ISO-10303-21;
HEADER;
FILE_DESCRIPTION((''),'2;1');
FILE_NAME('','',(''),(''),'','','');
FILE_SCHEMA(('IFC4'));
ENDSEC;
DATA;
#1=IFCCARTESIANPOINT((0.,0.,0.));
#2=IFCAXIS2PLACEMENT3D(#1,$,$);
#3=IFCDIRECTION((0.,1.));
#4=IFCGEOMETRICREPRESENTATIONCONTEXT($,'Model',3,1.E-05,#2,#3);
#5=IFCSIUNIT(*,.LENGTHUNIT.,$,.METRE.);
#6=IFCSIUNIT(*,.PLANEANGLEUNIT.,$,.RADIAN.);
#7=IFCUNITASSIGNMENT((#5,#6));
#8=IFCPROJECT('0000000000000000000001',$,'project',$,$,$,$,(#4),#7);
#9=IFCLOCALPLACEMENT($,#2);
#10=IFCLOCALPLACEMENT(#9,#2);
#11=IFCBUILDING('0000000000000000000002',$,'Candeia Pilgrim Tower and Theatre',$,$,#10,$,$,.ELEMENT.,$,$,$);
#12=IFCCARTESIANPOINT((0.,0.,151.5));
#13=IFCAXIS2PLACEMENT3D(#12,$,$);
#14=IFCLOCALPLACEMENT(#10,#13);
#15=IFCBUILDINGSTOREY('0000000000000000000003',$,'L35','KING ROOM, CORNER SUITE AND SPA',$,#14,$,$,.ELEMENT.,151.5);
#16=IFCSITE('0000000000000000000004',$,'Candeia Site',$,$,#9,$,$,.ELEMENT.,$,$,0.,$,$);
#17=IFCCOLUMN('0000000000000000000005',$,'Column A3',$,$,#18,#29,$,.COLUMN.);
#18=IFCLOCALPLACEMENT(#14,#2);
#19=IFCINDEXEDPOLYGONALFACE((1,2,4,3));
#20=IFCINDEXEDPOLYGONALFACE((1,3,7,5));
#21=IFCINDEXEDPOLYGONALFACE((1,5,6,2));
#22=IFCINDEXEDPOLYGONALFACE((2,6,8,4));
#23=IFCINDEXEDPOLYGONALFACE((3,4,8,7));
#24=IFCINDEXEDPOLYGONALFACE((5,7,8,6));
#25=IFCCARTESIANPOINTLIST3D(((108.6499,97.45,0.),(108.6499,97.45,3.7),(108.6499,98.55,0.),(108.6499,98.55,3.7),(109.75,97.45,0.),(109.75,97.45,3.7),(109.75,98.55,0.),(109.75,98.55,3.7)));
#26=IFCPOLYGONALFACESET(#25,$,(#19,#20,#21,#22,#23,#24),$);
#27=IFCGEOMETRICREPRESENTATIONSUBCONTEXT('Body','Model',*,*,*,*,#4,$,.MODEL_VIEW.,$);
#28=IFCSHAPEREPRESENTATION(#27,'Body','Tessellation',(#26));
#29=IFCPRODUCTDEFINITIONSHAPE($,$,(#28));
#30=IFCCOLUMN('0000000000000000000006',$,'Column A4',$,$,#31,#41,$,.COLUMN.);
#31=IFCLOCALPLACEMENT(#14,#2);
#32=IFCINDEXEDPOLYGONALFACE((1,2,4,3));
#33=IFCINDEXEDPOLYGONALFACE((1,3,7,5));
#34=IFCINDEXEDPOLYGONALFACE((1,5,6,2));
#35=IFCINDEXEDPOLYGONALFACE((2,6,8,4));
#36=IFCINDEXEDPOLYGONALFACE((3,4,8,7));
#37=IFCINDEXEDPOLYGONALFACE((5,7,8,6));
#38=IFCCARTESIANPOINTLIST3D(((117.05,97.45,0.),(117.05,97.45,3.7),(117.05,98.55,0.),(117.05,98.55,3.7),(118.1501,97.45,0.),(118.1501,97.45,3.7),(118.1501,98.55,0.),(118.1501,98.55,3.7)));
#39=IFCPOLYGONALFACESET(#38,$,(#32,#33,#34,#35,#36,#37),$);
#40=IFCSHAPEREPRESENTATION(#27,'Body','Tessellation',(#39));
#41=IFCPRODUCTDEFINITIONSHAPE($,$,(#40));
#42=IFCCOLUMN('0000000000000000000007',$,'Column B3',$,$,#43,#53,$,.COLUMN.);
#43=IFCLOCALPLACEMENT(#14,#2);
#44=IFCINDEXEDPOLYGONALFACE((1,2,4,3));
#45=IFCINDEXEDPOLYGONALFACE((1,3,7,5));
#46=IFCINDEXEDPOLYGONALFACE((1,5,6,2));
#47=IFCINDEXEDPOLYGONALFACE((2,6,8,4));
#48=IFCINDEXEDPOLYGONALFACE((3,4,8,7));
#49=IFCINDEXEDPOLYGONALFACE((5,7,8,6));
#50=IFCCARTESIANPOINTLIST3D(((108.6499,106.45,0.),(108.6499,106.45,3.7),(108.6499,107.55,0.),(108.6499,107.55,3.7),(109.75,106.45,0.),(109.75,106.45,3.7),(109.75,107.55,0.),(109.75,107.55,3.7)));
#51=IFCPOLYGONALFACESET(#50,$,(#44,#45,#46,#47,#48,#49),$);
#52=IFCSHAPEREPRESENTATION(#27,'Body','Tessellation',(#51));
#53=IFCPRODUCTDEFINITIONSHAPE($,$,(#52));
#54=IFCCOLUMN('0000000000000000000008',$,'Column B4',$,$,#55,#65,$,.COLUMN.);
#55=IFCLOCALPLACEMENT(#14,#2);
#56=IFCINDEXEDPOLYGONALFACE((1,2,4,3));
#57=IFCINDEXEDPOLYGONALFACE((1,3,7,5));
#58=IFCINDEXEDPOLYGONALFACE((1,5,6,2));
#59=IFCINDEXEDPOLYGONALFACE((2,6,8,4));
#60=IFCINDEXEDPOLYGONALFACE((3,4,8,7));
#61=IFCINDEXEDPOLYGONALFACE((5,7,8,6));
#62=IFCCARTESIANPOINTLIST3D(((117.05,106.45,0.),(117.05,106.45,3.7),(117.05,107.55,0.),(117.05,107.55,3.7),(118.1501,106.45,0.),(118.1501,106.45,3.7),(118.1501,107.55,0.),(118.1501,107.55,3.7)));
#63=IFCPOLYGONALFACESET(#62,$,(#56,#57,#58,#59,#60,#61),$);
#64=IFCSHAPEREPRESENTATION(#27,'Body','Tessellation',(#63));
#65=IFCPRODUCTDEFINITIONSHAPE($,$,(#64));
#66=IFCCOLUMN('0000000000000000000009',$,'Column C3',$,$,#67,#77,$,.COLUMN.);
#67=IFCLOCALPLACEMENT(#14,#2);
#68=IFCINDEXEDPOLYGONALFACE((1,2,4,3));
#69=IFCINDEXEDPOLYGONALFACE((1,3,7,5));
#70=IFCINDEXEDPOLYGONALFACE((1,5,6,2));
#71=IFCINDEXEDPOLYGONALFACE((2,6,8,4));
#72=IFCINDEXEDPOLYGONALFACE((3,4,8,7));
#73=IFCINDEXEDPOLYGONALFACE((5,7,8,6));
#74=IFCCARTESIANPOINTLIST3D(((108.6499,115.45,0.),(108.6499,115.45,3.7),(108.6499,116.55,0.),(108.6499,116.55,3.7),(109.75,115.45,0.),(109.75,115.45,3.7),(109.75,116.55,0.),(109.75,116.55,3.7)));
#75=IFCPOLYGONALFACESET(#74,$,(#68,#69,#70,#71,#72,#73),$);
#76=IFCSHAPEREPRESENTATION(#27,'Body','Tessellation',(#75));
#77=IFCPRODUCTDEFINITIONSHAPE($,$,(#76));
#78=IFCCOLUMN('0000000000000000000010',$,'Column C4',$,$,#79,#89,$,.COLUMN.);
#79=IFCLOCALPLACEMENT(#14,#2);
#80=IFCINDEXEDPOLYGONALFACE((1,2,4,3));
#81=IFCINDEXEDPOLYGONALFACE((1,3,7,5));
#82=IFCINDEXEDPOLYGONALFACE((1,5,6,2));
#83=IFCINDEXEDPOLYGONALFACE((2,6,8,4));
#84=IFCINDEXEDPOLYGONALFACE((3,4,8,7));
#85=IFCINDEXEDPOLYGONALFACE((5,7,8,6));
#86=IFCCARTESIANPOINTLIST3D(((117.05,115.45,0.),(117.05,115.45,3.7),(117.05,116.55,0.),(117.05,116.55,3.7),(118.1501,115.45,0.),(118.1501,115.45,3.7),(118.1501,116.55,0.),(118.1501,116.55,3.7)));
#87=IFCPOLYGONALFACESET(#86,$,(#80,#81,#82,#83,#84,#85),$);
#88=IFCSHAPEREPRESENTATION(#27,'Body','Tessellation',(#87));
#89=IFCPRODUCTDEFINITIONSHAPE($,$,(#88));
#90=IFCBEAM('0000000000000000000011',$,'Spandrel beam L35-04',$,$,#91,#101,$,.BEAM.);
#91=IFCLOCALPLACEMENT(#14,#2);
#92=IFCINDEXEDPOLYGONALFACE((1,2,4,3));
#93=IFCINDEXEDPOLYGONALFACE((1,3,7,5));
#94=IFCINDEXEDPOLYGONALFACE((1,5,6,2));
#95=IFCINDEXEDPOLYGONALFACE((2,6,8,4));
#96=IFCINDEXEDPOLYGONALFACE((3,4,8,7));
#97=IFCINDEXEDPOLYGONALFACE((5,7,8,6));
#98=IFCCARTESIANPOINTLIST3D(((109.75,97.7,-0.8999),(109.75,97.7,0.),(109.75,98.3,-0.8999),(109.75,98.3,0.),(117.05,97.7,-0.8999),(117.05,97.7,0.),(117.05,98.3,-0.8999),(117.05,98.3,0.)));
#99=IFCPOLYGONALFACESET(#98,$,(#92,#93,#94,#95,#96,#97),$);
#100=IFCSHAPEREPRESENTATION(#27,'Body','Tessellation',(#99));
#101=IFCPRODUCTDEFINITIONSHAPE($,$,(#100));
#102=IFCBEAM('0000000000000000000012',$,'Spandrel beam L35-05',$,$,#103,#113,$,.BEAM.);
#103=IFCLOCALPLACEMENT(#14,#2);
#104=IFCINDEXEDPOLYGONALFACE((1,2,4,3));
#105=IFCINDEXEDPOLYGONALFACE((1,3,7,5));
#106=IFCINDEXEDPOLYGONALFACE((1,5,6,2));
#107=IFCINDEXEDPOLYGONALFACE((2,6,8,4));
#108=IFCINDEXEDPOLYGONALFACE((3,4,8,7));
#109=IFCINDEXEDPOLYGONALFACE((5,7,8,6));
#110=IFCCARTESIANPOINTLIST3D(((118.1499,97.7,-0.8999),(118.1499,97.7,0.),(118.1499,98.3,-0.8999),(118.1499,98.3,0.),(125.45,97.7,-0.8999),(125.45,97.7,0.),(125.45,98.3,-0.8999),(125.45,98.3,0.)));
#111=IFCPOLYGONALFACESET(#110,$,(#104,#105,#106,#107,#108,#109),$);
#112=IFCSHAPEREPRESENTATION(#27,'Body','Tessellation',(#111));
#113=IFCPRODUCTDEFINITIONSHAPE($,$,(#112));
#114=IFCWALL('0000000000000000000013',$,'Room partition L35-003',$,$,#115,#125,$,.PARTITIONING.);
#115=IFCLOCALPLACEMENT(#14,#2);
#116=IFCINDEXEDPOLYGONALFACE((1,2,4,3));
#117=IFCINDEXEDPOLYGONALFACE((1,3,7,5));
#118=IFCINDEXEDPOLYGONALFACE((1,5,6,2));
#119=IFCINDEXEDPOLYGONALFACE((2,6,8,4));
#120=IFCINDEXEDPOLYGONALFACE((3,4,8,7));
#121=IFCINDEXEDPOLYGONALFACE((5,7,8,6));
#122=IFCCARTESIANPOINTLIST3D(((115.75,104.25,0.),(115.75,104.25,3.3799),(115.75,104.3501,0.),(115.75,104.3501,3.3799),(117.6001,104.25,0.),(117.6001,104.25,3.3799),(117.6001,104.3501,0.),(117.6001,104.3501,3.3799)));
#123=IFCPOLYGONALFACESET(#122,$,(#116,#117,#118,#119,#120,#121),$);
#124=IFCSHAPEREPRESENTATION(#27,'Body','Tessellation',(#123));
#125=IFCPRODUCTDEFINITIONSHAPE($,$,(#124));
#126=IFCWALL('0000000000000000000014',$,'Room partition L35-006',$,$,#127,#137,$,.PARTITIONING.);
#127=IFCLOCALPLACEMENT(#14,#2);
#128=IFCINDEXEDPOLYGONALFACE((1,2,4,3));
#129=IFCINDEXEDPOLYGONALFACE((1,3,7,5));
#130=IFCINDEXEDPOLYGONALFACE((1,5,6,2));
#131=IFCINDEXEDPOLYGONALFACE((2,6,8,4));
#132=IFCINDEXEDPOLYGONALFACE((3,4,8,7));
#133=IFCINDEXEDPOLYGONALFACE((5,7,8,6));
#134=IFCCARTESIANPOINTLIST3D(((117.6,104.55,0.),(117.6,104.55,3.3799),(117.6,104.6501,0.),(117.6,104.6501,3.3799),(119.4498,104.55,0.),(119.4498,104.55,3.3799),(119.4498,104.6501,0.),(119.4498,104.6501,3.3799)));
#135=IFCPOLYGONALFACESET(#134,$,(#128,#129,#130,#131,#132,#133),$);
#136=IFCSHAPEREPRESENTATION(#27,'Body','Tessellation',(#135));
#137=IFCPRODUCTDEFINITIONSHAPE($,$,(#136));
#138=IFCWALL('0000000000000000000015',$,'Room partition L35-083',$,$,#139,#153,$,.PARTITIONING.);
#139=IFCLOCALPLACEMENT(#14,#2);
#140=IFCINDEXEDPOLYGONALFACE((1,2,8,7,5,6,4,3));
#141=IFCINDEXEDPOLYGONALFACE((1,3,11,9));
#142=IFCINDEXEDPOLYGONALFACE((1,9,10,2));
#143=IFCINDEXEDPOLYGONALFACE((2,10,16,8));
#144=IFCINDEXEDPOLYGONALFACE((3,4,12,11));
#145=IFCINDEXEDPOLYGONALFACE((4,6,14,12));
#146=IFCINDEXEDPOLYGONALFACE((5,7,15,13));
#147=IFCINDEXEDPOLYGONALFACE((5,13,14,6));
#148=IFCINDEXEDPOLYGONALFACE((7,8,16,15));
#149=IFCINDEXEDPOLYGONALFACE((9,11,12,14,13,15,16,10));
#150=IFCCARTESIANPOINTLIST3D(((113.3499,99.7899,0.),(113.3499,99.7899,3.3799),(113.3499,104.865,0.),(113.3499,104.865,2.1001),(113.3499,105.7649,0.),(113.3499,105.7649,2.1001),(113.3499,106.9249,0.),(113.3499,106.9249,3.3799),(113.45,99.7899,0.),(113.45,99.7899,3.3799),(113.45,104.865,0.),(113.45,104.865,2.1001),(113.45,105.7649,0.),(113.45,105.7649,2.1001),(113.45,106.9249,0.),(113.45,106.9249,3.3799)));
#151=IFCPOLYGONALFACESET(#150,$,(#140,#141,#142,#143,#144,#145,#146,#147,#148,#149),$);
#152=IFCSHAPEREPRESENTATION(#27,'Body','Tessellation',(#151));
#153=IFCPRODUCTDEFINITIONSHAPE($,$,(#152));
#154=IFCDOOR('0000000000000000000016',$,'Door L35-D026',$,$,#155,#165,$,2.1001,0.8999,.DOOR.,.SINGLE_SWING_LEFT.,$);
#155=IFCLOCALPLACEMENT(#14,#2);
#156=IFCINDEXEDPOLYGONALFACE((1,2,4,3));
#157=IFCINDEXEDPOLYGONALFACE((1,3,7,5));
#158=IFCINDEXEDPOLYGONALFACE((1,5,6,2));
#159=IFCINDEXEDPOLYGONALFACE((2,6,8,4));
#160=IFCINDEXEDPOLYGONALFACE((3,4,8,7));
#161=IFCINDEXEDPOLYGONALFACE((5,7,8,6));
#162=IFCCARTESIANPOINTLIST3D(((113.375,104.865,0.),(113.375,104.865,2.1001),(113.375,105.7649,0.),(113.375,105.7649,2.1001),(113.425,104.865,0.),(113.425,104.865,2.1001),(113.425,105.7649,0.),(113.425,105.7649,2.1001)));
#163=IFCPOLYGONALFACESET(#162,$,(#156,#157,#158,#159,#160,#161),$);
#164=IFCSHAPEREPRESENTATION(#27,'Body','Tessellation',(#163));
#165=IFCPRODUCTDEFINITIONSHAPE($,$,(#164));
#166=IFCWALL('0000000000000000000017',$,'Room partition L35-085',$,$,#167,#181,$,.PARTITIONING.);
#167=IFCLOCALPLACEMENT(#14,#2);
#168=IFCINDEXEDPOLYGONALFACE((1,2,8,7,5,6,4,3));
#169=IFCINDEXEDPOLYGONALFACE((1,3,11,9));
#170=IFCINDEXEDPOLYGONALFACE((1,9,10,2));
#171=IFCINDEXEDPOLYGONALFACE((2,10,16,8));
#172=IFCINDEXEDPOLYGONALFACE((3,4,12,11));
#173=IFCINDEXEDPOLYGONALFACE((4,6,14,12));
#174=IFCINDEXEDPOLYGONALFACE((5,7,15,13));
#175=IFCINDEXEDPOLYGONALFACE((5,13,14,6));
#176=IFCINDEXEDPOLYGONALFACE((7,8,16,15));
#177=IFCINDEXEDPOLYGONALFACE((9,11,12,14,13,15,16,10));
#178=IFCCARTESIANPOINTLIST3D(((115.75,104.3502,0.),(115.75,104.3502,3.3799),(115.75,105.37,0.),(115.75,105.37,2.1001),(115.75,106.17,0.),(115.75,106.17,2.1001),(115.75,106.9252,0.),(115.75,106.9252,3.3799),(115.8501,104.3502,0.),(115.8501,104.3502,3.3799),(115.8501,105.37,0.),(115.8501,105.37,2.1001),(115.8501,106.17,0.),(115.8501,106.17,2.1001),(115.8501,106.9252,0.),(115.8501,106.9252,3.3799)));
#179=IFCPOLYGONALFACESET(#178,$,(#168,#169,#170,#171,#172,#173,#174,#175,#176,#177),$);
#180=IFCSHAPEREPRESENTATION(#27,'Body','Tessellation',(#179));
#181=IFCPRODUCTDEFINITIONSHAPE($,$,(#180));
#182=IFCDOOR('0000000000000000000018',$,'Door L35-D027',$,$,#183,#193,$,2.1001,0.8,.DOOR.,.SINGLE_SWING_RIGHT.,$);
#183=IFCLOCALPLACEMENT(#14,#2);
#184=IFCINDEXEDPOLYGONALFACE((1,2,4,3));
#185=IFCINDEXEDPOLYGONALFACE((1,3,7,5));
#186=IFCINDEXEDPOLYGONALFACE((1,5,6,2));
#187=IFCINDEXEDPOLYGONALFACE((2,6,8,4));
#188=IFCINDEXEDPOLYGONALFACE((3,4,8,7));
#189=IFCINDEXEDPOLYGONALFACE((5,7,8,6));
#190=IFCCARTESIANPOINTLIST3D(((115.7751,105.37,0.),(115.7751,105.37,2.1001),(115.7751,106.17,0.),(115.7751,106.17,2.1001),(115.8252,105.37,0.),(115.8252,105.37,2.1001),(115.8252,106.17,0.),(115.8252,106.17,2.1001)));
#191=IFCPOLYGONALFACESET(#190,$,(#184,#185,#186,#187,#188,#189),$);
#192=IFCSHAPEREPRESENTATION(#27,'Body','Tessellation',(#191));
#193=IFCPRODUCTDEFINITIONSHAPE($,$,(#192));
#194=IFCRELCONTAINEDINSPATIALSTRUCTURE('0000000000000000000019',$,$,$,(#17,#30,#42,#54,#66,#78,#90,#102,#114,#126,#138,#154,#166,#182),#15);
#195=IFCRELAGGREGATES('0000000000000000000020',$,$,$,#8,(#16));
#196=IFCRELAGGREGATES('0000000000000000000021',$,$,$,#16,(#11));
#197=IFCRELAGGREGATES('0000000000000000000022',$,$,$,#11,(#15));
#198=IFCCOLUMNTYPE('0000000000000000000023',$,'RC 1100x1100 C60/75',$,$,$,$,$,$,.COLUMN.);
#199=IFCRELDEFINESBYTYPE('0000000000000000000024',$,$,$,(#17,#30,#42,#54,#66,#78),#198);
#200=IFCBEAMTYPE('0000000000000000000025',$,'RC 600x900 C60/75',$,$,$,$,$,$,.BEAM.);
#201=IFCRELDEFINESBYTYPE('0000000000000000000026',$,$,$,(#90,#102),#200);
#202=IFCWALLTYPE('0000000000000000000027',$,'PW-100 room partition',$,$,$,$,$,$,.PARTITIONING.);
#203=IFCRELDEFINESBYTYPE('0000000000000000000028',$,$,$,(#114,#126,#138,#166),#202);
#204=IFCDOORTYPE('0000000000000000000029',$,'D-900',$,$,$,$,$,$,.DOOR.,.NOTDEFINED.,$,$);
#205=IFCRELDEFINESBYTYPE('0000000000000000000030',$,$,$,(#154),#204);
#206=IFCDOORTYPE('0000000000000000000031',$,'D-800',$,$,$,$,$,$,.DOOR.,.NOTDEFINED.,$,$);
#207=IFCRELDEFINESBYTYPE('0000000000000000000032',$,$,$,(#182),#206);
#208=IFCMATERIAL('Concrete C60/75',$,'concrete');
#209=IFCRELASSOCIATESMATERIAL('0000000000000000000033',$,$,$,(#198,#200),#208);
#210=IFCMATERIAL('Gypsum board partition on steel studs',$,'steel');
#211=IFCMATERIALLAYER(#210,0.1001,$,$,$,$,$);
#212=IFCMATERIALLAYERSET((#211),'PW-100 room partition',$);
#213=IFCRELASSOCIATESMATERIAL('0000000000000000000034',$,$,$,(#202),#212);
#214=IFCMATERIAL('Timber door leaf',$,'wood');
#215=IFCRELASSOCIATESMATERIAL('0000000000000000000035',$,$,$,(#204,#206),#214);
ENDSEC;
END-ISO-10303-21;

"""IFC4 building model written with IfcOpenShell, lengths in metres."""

from ifc_helpers import new_model, si_unit, direction, frame, frame_2d, origin, origin_2d, place, context, subcontext, project, spatial, rectangle, extrude, material, layer, layer_set, material_profile, profile_set, type_object, element, fill, save


model = new_model("IFC4")

# Units and contexts
model_context = context("Model", 3, precision=1e-05, world=origin(), true_north=direction((0.0, 1.0)))
body_context = subcontext(model_context, "Body", "Model", "MODEL_VIEW")
ifc_project = project(units=[si_unit("LENGTHUNIT", "METRE"), si_unit("PLANEANGLEUNIT", "RADIAN")], contexts=[model_context])

# Site, building, storey
site_placement = place(None, origin())
site = spatial("IfcSite", under=ifc_project, at=site_placement, Name="Candeia Site", CompositionType="ELEMENT", RefElevation=0.0)
building_placement = place(site_placement, origin())
building = spatial("IfcBuilding", under=site, at=building_placement, Name="Candeia Pilgrim Tower and Theatre", CompositionType="ELEMENT")
storey_placement = place(building_placement, frame((0.0, 0.0, 151.5)))
storey = spatial("IfcBuildingStorey", under=building, at=storey_placement, Name="L35", Description="KING ROOM, CORNER SUITE AND SPA", CompositionType="ELEMENT", Elevation=151.5)

# Columns
ifc_material_1 = material(Name="Concrete C60/75", Category="concrete")
ifc_material_profile_1 = material_profile(ifc_material_1, rectangle(XDim=1.1001, YDim=1.1001, at=origin_2d()))
ifc_profile_set_1 = profile_set([ifc_material_profile_1], Name="Concrete C60/75")
column_type = type_object("IfcColumnType", Name="RC 1100x1100 C60/75", PredefinedType="COLUMN", material=ifc_profile_set_1)
for number, where, z_axis, x_axis, name in (
    (1, (109.2, 98.0, 0.0), (0.0, 0.0, 1.0), (1.0, 0.0, 0.0), "Column A3"),
    (2, (117.6001, 98.0, 0.0), (0.0, 0.0, 1.0), (1.0, 0.0, 0.0), "Column A4"),
    (3, (109.2, 107.0, 0.0), (0.0, 0.0, 1.0), (1.0, 0.0, 0.0), "Column B3"),
    (4, (117.6001, 107.0, 0.0), (0.0, 0.0, 1.0), (1.0, 0.0, 0.0), "Column B4"),
    (5, (109.2, 116.0, 0.0), (0.0, 0.0, 1.0), (1.0, 0.0, 0.0), "Column C3"),
    (6, (117.6001, 116.0, 0.0), (0.0, 0.0, 1.0), (1.0, 0.0, 0.0), "Column C4"),
):
    element("IfcColumn", number, at=place(storey_placement, frame(where, z_axis=z_axis, x_axis=x_axis)), inside=storey, type_object=column_type, Name=name, PredefinedType="COLUMN", context=body_context, shape_type="SweptSolid", body=[
        extrude(rectangle(XDim=1.1001, YDim=1.1001, at=origin_2d()), origin(), (0.0, 0.0, 1.0), 3.7),
    ])

# Beams
ifc_material_profile_2 = material_profile(ifc_material_1, rectangle(XDim=0.6001, YDim=0.8999, at=origin_2d()))
ifc_profile_set_2 = profile_set([ifc_material_profile_2], Name="Concrete C60/75")
beam_type = type_object("IfcBeamType", Name="RC 600x900 C60/75", PredefinedType="BEAM", material=ifc_profile_set_2)
for number, where, z_axis, x_axis, name in (
    (7, (109.75, 98.0, -0.45), (1.0, 0.0, 0.0), (0.0, 1.0, 0.0), "Spandrel beam L35-04"),
    (8, (118.1499, 98.0, -0.45), (1.0, 0.0, 0.0), (0.0, 1.0, 0.0), "Spandrel beam L35-05"),
):
    element("IfcBeam", number, at=place(storey_placement, frame(where, z_axis=z_axis, x_axis=x_axis)), inside=storey, type_object=beam_type, Name=name, PredefinedType="BEAM", context=body_context, shape_type="SweptSolid", body=[
        extrude(rectangle(XDim=0.6001, YDim=0.8999, at=origin_2d()), origin(), (0.0, 0.0, 1.0), 7.3),
    ])

# Walls
ifc_material_2 = material(Name="Gypsum board partition on steel studs", Category="steel")
ifc_layer_1 = layer(ifc_material_2, 0.1001)
ifc_layer_set_1 = layer_set([ifc_layer_1], Name="PW-100 room partition")
wall_type_1 = type_object("IfcWallType", Name="PW-100 room partition", PredefinedType="PARTITIONING", material=ifc_layer_set_1)
wall_1_placement = place(storey_placement, frame((115.75, 104.3, 0.0), z_axis=(0.0, 0.0, 1.0), x_axis=(1.0, 0.0, 0.0)))
element("IfcWall", 9, at=wall_1_placement, inside=storey, type_object=wall_type_1, Name="Room partition L35-003", PredefinedType="PARTITIONING", context=body_context, shape_type="SweptSolid", body=[
    extrude(rectangle(XDim=1.8501, YDim=0.1001, at=frame_2d((0.925, 0.0))), origin(), (0.0, 0.0, 1.0), 3.3799),
])
wall_2_placement = place(storey_placement, frame((117.6001, 104.6001, 0.0), z_axis=(0.0, 0.0, 1.0), x_axis=(1.0, 0.0, 0.0)))
element("IfcWall", 10, at=wall_2_placement, inside=storey, type_object=wall_type_1, Name="Room partition L35-006", PredefinedType="PARTITIONING", context=body_context, shape_type="SweptSolid", body=[
    extrude(rectangle(XDim=1.8499, YDim=0.1001, at=frame_2d((0.9248, 0.0))), origin(), (0.0, 0.0, 1.0), 3.3799),
])

# Walls, openings, doors
wall_3_placement = place(storey_placement, frame((113.3999, 99.79, 0.0), z_axis=(0.0, 0.0, 1.0), x_axis=(0.0, 1.0, 0.0)))
wall_3 = element("IfcWall", 11, at=wall_3_placement, inside=storey, type_object=wall_type_1, Name="Room partition L35-083", PredefinedType="PARTITIONING", context=body_context, shape_type="SweptSolid", body=[
    extrude(rectangle(XDim=7.135, YDim=0.1001, at=frame_2d((3.5674, 0.0))), origin(), (0.0, 0.0, 1.0), 3.3799),
])
opening_1_placement = place(wall_3_placement, frame((5.075, 0.0, 0.0)))
opening_1 = element("IfcOpeningElement", 12, at=opening_1_placement, cuts=wall_3, PredefinedType="OPENING", context=body_context, shape_type="SweptSolid", body=[
    extrude(rectangle(XDim=0.8999, YDim=2.1001, at=frame_2d((0.45, 1.05))), frame((0.0, 0.0601, 0.0), z_axis=(0.0, -1.0, 0.0), x_axis=(1.0, 0.0, 0.0)), (0.0, 0.0, 1.0), 0.1201),
])
ifc_material_3 = material(Name="Timber door leaf", Category="wood")
door_type_1 = type_object("IfcDoorType", Name="D-900", OperationType="NOTDEFINED", PredefinedType="DOOR", material=ifc_material_3)
door_1_placement = place(opening_1_placement, origin())
door_1 = element("IfcDoor", 13, at=door_1_placement, inside=storey, type_object=door_type_1, Name="Door L35-D026", OperationType="SINGLE_SWING_LEFT", OverallHeight=2.1001, OverallWidth=0.8999, PredefinedType="DOOR", context=body_context, shape_type="SweptSolid", body=[
    extrude(rectangle(XDim=0.8999, YDim=2.1001, at=frame_2d((0.45, 1.05))), frame((0.0, 0.0249, 0.0), z_axis=(0.0, -1.0, 0.0), x_axis=(1.0, 0.0, 0.0)), (0.0, 0.0, 1.0), 0.05),
])
fill(opening_1, door_1)
wall_4_placement = place(storey_placement, frame((115.8, 104.3501, 0.0), z_axis=(0.0, 0.0, 1.0), x_axis=(0.0, 1.0, 0.0)))
wall_4 = element("IfcWall", 14, at=wall_4_placement, inside=storey, type_object=wall_type_1, Name="Room partition L35-085", PredefinedType="PARTITIONING", context=body_context, shape_type="SweptSolid", body=[
    extrude(rectangle(XDim=2.575, YDim=0.1001, at=frame_2d((1.2876, 0.0))), origin(), (0.0, 0.0, 1.0), 3.3799),
])
opening_2_placement = place(wall_4_placement, frame((1.02, 0.0, 0.0)))
opening_2 = element("IfcOpeningElement", 15, at=opening_2_placement, cuts=wall_4, PredefinedType="OPENING", context=body_context, shape_type="SweptSolid", body=[
    extrude(rectangle(XDim=0.8, YDim=2.1001, at=frame_2d((0.3999, 1.05))), frame((0.0, 0.0601, 0.0), z_axis=(0.0, -1.0, 0.0), x_axis=(1.0, 0.0, 0.0)), (0.0, 0.0, 1.0), 0.1201),
])
door_type_2 = type_object("IfcDoorType", Name="D-800", OperationType="NOTDEFINED", PredefinedType="DOOR", material=ifc_material_3)
door_2_placement = place(opening_2_placement, origin())
door_2 = element("IfcDoor", 16, at=door_2_placement, inside=storey, type_object=door_type_2, Name="Door L35-D027", OperationType="SINGLE_SWING_RIGHT", OverallHeight=2.1001, OverallWidth=0.8, PredefinedType="DOOR", context=body_context, shape_type="SweptSolid", body=[
    extrude(rectangle(XDim=0.8, YDim=2.1001, at=frame_2d((0.3999, 1.05))), frame((0.0, 0.0249, 0.0), z_axis=(0.0, -1.0, 0.0), x_axis=(1.0, 0.0, 0.0)), (0.0, 0.0, 1.0), 0.05),
])
fill(opening_2, door_2)

save(model, "model.ifc")
